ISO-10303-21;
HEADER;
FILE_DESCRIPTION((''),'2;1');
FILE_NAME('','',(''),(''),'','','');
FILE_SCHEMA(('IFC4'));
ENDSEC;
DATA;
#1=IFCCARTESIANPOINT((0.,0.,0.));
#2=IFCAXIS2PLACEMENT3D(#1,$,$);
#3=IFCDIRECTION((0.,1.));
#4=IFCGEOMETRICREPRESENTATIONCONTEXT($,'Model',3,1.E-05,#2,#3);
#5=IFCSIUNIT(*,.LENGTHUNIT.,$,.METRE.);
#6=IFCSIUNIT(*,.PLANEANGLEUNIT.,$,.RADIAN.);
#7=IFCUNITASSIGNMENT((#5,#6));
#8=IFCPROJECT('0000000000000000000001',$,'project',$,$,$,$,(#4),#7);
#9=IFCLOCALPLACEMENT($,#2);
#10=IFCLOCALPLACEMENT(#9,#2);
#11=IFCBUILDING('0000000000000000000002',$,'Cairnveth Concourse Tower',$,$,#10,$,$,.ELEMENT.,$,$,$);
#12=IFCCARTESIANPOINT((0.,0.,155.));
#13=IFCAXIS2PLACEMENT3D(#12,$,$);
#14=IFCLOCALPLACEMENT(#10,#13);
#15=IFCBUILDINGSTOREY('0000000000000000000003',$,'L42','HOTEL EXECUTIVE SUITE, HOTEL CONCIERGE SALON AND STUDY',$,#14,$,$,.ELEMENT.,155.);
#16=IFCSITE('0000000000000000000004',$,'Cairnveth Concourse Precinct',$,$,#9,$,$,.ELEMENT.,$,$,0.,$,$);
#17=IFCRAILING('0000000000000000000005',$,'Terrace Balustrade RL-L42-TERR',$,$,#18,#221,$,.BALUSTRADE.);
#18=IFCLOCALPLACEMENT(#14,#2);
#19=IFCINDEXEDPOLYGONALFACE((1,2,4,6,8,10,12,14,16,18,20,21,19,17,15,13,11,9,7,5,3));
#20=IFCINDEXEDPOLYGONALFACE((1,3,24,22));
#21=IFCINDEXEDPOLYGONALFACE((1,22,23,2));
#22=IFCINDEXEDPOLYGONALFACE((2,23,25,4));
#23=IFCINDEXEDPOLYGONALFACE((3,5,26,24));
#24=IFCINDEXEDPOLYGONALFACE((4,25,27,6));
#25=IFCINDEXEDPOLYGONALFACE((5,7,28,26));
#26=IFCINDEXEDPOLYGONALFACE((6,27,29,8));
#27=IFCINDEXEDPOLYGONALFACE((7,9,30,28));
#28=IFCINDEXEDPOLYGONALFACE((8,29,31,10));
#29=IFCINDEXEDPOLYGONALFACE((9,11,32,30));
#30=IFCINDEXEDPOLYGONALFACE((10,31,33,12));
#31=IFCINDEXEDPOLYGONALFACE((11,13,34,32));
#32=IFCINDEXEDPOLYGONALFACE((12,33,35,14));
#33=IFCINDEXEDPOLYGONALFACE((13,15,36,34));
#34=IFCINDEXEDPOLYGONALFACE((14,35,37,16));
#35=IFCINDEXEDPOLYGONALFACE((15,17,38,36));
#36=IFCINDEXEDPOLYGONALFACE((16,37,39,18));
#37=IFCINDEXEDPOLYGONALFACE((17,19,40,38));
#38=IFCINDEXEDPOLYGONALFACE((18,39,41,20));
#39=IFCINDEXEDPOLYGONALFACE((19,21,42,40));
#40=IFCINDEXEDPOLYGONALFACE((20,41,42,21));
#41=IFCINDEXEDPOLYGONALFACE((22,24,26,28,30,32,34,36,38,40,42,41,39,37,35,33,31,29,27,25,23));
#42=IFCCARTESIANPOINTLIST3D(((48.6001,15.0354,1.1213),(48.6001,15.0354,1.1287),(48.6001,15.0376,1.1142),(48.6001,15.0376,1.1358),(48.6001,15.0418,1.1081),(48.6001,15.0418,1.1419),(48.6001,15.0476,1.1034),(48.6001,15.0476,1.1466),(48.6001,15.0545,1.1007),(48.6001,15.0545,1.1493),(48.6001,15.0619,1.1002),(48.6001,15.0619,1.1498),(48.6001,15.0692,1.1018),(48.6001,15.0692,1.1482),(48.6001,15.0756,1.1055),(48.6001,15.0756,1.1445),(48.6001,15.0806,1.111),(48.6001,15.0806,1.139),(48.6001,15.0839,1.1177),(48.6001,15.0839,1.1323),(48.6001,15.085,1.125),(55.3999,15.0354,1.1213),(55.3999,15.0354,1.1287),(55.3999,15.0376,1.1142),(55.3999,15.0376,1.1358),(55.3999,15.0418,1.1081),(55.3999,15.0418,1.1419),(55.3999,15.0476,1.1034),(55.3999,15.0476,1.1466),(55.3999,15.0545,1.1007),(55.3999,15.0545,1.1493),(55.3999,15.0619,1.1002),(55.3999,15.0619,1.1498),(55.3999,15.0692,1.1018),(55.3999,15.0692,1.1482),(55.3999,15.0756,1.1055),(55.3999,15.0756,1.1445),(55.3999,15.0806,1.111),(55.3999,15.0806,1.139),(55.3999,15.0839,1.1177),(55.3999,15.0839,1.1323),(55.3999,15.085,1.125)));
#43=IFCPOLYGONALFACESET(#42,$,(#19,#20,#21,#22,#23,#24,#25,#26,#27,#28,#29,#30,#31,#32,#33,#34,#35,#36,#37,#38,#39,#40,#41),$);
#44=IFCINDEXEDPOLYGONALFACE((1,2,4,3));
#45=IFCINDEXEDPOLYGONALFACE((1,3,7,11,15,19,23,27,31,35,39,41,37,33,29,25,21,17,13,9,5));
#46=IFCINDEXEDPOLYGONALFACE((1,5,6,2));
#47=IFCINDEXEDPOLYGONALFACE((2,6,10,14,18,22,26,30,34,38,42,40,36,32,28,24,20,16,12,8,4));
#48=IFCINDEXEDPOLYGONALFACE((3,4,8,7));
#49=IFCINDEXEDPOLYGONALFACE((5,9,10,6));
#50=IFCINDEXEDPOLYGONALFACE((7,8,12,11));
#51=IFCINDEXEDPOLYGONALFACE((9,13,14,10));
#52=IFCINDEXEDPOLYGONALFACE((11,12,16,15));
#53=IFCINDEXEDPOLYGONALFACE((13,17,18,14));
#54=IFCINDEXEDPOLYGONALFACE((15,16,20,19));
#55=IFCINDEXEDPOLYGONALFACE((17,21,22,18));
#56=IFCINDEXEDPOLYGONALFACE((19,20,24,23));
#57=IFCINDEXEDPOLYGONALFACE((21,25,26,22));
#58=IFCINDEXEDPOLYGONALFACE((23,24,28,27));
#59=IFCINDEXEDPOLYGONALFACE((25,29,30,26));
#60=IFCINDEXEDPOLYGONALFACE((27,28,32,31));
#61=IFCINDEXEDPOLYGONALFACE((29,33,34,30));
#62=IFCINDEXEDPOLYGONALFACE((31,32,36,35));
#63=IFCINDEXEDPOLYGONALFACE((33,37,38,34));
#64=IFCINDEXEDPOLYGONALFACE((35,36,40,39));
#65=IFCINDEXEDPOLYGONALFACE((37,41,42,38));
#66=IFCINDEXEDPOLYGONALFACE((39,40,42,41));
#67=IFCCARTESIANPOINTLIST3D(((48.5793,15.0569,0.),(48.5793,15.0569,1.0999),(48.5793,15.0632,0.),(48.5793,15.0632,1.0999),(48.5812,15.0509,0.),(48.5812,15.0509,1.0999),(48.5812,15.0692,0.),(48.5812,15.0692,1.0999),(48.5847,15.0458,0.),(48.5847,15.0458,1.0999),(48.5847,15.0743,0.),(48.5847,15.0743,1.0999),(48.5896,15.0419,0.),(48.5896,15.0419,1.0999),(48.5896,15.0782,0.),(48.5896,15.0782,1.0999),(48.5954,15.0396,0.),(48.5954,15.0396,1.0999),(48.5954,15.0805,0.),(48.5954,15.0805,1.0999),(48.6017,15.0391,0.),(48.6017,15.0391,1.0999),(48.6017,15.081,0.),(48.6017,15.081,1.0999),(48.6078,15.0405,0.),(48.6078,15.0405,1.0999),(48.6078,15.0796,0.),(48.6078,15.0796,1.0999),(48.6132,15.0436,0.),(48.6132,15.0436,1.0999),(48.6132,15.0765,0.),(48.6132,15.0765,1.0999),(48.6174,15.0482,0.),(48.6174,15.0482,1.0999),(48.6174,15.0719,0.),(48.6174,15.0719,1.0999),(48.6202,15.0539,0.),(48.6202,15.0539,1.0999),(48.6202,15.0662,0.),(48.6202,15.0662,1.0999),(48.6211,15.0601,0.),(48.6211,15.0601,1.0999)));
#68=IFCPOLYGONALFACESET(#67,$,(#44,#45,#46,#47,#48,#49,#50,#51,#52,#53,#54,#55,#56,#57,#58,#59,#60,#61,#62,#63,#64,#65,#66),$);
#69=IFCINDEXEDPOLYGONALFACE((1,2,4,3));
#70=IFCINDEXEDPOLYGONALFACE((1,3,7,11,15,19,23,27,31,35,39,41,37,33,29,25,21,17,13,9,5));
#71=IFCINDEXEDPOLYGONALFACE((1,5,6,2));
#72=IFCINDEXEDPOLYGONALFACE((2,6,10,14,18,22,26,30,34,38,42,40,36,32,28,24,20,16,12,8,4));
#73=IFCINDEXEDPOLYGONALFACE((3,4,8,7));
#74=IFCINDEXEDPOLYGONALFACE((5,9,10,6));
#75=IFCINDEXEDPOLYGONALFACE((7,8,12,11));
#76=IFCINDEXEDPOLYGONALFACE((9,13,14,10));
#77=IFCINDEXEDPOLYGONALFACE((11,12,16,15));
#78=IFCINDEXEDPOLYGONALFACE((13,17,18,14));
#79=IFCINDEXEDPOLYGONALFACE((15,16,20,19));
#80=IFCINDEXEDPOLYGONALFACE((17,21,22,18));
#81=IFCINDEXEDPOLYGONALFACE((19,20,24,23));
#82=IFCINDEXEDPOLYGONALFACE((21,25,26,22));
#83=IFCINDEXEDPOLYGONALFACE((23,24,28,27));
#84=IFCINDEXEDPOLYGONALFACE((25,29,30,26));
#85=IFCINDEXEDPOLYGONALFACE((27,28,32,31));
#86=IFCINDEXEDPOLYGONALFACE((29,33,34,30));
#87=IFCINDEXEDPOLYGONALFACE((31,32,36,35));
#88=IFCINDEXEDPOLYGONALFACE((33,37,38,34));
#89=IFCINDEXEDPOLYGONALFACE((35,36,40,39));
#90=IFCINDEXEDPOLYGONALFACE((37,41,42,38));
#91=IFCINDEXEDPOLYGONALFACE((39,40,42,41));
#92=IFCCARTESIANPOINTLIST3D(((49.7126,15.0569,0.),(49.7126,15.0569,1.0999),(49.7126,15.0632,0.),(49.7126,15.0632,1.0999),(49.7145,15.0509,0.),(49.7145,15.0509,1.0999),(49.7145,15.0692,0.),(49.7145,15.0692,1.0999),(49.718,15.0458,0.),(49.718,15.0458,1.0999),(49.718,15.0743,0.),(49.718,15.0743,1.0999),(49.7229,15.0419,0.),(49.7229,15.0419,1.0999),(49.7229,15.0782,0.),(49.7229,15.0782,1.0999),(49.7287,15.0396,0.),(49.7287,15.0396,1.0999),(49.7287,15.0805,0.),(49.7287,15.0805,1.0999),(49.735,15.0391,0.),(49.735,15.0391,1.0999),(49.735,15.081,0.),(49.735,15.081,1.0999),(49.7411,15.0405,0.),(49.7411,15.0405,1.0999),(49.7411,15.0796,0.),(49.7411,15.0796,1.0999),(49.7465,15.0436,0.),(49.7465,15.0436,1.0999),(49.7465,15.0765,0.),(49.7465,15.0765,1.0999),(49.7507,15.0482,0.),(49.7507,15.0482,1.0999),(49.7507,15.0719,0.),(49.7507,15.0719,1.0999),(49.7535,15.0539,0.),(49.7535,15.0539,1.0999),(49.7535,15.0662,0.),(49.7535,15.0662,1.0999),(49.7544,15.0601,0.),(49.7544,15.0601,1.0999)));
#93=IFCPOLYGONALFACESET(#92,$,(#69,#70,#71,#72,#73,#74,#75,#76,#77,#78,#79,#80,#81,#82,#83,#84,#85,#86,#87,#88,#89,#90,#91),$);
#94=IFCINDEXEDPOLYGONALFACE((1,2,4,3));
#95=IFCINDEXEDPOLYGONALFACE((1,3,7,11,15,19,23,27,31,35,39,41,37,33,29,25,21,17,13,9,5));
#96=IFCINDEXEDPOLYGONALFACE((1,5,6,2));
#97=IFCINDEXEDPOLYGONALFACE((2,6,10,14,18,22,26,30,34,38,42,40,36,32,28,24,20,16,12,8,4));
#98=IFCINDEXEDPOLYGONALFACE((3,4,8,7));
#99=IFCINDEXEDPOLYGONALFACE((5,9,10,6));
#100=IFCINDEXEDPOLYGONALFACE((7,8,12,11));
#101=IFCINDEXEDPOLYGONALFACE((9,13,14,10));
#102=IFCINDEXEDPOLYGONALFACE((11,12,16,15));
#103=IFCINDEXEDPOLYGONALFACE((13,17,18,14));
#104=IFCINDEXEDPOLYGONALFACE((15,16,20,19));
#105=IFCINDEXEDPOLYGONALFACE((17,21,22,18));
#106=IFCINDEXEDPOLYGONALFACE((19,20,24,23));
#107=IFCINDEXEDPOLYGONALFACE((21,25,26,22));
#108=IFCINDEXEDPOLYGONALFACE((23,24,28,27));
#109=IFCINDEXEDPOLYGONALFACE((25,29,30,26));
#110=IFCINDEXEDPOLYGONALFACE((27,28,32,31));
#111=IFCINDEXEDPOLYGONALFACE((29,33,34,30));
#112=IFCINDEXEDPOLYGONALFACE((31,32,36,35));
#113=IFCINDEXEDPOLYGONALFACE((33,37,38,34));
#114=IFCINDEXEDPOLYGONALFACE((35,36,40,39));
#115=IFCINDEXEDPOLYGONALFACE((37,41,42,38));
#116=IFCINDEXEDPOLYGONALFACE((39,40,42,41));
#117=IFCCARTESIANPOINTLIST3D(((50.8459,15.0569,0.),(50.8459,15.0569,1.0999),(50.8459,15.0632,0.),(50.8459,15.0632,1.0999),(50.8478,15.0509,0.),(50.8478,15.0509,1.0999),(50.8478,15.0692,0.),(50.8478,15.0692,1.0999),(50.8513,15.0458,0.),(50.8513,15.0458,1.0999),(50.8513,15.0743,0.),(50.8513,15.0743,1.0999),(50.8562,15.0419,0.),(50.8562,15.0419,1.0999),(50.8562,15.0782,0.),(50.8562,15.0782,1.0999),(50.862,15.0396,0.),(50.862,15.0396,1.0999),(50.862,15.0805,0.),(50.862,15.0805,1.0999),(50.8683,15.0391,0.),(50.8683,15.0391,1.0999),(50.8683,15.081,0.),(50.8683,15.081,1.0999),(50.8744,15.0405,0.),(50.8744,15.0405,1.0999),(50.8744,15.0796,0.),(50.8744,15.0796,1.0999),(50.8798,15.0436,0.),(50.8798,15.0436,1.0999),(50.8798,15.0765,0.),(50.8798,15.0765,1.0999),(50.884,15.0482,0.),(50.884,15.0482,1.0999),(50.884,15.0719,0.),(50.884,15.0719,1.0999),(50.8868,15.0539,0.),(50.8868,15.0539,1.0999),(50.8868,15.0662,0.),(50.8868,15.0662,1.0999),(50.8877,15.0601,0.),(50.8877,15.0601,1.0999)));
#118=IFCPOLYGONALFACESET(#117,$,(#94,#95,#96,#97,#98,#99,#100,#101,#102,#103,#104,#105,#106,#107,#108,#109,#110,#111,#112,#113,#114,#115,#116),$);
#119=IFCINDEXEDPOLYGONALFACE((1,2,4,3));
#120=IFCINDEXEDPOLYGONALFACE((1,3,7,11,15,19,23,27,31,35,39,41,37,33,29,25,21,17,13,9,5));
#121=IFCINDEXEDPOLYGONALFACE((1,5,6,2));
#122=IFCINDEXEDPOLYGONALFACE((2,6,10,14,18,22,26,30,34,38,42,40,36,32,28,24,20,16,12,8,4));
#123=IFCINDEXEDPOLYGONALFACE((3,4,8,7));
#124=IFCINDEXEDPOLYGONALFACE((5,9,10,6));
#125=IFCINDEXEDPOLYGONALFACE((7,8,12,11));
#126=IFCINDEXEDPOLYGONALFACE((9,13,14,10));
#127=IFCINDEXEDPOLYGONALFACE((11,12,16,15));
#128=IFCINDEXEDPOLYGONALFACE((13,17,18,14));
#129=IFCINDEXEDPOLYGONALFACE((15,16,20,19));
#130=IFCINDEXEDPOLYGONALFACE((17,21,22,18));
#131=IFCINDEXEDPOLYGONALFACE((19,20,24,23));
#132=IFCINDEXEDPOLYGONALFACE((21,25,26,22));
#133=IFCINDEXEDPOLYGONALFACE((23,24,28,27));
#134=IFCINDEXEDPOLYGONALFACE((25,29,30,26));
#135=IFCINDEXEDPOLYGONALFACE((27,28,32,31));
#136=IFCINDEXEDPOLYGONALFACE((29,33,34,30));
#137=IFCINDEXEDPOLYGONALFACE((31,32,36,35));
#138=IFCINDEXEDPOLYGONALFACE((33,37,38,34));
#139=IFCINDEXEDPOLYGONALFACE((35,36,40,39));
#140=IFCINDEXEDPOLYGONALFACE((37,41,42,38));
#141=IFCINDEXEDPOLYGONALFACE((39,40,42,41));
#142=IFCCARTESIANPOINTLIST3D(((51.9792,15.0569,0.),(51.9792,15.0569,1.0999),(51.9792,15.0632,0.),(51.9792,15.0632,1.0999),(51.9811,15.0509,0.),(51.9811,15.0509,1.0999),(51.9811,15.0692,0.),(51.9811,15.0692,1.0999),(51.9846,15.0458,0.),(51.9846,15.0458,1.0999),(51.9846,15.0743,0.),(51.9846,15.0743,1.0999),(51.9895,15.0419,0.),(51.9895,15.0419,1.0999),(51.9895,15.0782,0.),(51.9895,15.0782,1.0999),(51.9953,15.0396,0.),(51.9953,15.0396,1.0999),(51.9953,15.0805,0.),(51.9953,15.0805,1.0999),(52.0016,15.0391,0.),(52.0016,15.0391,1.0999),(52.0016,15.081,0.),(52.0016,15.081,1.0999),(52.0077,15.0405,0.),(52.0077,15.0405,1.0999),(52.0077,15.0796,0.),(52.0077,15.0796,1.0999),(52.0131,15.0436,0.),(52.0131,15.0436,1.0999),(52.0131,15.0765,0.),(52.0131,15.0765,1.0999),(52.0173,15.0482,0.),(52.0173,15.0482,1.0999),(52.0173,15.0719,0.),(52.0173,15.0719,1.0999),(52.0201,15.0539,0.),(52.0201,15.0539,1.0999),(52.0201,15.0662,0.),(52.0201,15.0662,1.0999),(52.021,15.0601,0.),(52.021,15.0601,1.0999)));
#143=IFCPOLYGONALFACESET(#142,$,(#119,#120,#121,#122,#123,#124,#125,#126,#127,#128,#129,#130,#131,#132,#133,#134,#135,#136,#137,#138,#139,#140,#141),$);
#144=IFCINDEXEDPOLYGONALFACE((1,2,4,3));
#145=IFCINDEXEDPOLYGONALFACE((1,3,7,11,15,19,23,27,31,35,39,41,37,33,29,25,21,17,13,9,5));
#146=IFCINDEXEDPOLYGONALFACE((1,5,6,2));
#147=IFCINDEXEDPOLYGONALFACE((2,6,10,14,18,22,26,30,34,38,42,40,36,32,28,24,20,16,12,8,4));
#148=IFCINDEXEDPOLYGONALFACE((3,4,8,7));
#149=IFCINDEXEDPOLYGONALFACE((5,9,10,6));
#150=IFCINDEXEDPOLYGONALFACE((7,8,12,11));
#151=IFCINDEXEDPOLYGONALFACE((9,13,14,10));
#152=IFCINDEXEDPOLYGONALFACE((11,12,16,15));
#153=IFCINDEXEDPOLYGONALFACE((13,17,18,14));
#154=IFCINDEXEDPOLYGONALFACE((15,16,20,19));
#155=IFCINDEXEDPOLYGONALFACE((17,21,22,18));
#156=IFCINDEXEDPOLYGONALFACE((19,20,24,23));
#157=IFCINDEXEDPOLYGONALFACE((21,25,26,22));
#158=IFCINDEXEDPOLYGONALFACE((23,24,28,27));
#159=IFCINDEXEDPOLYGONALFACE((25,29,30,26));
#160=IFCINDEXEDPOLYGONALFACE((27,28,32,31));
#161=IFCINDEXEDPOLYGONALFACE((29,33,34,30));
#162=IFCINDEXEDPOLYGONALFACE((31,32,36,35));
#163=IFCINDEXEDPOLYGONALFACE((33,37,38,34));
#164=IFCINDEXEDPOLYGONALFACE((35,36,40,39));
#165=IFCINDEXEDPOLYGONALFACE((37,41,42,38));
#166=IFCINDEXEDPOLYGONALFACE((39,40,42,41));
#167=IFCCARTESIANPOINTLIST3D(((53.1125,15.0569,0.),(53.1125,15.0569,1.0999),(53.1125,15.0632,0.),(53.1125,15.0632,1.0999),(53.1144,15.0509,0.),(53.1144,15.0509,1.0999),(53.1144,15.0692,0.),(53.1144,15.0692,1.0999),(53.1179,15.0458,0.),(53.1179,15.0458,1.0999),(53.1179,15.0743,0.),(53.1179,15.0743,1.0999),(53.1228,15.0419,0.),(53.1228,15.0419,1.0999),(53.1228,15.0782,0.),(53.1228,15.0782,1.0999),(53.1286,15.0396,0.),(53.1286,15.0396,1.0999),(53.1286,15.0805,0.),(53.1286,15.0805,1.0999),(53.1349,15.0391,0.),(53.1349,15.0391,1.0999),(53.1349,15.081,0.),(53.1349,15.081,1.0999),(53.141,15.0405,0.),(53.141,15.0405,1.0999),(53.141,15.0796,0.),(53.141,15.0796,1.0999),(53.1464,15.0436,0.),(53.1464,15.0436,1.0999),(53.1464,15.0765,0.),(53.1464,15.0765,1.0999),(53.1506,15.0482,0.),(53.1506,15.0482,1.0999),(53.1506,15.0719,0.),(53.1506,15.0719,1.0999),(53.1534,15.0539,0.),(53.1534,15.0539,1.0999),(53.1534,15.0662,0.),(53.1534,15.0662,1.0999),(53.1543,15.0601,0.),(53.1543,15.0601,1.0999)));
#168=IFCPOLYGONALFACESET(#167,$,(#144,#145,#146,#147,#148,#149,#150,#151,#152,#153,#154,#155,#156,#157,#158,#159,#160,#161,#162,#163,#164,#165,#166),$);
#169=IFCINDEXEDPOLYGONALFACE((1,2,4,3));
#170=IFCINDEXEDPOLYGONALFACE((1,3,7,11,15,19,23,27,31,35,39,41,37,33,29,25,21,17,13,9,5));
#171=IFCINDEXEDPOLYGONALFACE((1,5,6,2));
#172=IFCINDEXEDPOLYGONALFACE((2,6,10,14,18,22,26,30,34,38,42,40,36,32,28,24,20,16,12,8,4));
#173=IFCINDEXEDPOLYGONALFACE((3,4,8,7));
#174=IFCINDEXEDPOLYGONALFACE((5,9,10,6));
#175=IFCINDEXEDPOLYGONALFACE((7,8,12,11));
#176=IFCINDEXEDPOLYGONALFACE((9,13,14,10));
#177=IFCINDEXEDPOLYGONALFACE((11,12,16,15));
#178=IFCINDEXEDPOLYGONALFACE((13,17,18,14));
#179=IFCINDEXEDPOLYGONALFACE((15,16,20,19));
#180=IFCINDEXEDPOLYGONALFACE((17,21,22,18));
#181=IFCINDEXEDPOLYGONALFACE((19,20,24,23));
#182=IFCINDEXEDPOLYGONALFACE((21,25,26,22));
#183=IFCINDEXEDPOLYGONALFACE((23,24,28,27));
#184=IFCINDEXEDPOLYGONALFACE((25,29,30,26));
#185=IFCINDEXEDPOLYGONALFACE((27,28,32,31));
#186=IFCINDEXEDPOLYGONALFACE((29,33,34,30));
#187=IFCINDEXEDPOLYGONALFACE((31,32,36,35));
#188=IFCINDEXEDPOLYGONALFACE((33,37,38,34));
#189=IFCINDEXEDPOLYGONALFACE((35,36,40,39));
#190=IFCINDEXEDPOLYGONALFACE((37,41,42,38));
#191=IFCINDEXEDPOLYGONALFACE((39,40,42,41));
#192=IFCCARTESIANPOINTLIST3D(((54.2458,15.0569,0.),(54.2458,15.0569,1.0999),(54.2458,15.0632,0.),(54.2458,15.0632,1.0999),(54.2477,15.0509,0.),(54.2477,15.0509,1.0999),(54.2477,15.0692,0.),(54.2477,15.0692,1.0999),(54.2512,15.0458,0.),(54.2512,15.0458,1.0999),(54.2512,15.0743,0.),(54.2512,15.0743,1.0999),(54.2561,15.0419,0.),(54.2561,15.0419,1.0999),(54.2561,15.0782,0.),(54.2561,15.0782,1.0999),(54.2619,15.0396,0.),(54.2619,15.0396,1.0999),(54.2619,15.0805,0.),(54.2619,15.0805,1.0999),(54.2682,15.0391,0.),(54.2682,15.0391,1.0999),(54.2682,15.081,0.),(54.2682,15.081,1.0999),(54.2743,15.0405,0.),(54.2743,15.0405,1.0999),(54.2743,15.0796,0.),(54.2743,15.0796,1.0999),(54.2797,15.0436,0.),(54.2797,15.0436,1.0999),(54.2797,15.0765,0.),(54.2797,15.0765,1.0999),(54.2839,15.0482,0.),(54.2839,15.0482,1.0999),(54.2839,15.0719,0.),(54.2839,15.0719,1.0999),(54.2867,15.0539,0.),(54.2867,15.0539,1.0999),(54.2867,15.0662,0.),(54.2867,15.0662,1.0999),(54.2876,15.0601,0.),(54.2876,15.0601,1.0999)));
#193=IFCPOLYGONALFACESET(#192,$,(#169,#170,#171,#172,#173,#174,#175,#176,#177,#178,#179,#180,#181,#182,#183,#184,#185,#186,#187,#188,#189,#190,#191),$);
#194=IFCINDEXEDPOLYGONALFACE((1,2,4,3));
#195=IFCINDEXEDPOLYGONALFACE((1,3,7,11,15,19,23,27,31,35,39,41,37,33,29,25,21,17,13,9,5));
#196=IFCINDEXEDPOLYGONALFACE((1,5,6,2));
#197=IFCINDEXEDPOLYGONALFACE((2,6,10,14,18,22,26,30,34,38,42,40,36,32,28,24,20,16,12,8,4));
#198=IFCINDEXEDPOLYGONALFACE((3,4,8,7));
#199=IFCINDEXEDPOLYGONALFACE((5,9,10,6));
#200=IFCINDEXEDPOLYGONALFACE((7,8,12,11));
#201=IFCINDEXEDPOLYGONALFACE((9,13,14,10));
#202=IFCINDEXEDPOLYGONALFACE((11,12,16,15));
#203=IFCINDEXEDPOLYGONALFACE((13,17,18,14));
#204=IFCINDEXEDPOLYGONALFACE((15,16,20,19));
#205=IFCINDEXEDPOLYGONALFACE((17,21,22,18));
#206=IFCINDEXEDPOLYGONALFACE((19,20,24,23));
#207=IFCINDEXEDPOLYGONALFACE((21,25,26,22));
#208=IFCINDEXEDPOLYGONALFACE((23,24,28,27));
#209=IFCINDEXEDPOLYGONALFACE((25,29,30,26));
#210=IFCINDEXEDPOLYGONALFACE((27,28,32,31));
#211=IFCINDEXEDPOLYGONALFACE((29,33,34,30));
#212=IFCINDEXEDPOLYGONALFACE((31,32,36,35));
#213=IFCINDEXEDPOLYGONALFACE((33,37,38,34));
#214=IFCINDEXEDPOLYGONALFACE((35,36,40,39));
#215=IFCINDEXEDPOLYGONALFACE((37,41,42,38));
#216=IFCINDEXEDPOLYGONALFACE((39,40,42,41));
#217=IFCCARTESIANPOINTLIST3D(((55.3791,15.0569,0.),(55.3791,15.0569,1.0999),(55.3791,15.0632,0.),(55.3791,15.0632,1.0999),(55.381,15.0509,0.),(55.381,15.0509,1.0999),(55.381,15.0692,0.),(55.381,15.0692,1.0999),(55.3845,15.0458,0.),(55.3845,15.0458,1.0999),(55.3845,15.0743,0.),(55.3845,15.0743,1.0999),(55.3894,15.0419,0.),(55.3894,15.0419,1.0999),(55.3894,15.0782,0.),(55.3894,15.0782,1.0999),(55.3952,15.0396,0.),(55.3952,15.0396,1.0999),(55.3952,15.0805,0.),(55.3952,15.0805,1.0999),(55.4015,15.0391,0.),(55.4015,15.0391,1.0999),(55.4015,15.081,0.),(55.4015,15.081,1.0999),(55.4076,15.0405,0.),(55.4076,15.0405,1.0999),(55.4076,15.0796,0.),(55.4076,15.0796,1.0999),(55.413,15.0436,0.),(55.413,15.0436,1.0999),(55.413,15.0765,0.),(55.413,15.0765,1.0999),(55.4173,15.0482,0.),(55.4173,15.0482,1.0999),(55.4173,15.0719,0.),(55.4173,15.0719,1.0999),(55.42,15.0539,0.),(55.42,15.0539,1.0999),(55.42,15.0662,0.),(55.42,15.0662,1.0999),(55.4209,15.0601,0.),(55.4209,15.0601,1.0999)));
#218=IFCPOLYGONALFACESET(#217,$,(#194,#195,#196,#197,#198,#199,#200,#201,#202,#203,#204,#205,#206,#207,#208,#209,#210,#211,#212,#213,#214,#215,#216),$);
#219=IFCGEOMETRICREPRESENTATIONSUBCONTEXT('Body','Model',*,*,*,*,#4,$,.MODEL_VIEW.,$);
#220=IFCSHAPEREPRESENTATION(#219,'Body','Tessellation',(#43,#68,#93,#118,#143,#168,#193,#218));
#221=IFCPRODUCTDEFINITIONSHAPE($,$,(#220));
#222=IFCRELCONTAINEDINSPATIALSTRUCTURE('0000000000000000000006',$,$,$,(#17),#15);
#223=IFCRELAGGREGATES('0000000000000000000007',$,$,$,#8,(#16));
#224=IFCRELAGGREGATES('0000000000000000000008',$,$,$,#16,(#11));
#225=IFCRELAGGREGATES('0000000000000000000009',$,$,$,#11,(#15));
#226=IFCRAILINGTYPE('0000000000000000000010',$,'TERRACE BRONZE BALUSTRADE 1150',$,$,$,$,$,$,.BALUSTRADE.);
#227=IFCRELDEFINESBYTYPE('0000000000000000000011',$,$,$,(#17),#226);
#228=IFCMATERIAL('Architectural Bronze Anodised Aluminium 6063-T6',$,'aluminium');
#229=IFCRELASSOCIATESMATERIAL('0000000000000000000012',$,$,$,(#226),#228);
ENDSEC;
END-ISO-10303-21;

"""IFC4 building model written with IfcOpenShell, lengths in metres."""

from ifc_helpers import new_model, si_unit, direction, frame, origin, origin_2d, place, context, subcontext, project, spatial, circle, extrude, material, type_object, element, save


model = new_model("IFC4")

# Units and contexts
model_context = context("Model", 3, precision=1e-05, world=origin(), true_north=direction((0.0, 1.0)))
body_context = subcontext(model_context, "Body", "Model", "MODEL_VIEW")
ifc_project = project(units=[si_unit("LENGTHUNIT", "METRE"), si_unit("PLANEANGLEUNIT", "RADIAN")], contexts=[model_context])

# Site, building, storey
site_placement = place(None, origin())
site = spatial("IfcSite", under=ifc_project, at=site_placement, Name="Cairnveth Concourse Precinct", CompositionType="ELEMENT", RefElevation=0.0)
building_placement = place(site_placement, origin())
building = spatial("IfcBuilding", under=site, at=building_placement, Name="Cairnveth Concourse Tower", CompositionType="ELEMENT")
storey_placement = place(building_placement, frame((0.0, 0.0, 155.0)))
storey = spatial("IfcBuildingStorey", under=building, at=storey_placement, Name="L42", Description="HOTEL EXECUTIVE SUITE, HOTEL CONCIERGE SALON AND STUDY", CompositionType="ELEMENT", Elevation=155.0)

# Shared definitions
ifc_material_1 = material(Name="Architectural Bronze Anodised Aluminium 6063-T6", Category="aluminium")

# Railing
railing_type = type_object("IfcRailingType", Name="TERRACE BRONZE BALUSTRADE 1150", PredefinedType="BALUSTRADE", material=ifc_material_1)
railing_placement = place(storey_placement, frame((48.6001, 15.0601, 0.0)))
element("IfcRailing", 1, at=railing_placement, inside=storey, type_object=railing_type, Name="Terrace Balustrade RL-L42-TERR", PredefinedType="BALUSTRADE", context=body_context, shape_type="SweptSolid", body=[
    extrude(circle(Radius=0.0249, at=origin_2d()), frame((0.0, 0.0, 1.125), z_axis=(1.0, 0.0, 0.0), x_axis=(0.0, 1.0, 0.0)), (0.0, 0.0, 1.0), 6.7998),
    extrude(circle(Radius=0.021, at=origin_2d()), origin(), (0.0, 0.0, 1.0), 1.0999),
    extrude(circle(Radius=0.021, at=origin_2d()), frame((1.1333, 0.0, 0.0)), (0.0, 0.0, 1.0), 1.0999),
    extrude(circle(Radius=0.021, at=origin_2d()), frame((2.2666, 0.0, 0.0)), (0.0, 0.0, 1.0), 1.0999),
    extrude(circle(Radius=0.021, at=origin_2d()), frame((3.3999, 0.0, 0.0)), (0.0, 0.0, 1.0), 1.0999),
    extrude(circle(Radius=0.021, at=origin_2d()), frame((4.5332, 0.0, 0.0)), (0.0, 0.0, 1.0), 1.0999),
    extrude(circle(Radius=0.021, at=origin_2d()), frame((5.6665, 0.0, 0.0)), (0.0, 0.0, 1.0), 1.0999),
    extrude(circle(Radius=0.021, at=origin_2d()), frame((6.7998, 0.0, 0.0)), (0.0, 0.0, 1.0), 1.0999),
])

save(model, "model.ifc")
